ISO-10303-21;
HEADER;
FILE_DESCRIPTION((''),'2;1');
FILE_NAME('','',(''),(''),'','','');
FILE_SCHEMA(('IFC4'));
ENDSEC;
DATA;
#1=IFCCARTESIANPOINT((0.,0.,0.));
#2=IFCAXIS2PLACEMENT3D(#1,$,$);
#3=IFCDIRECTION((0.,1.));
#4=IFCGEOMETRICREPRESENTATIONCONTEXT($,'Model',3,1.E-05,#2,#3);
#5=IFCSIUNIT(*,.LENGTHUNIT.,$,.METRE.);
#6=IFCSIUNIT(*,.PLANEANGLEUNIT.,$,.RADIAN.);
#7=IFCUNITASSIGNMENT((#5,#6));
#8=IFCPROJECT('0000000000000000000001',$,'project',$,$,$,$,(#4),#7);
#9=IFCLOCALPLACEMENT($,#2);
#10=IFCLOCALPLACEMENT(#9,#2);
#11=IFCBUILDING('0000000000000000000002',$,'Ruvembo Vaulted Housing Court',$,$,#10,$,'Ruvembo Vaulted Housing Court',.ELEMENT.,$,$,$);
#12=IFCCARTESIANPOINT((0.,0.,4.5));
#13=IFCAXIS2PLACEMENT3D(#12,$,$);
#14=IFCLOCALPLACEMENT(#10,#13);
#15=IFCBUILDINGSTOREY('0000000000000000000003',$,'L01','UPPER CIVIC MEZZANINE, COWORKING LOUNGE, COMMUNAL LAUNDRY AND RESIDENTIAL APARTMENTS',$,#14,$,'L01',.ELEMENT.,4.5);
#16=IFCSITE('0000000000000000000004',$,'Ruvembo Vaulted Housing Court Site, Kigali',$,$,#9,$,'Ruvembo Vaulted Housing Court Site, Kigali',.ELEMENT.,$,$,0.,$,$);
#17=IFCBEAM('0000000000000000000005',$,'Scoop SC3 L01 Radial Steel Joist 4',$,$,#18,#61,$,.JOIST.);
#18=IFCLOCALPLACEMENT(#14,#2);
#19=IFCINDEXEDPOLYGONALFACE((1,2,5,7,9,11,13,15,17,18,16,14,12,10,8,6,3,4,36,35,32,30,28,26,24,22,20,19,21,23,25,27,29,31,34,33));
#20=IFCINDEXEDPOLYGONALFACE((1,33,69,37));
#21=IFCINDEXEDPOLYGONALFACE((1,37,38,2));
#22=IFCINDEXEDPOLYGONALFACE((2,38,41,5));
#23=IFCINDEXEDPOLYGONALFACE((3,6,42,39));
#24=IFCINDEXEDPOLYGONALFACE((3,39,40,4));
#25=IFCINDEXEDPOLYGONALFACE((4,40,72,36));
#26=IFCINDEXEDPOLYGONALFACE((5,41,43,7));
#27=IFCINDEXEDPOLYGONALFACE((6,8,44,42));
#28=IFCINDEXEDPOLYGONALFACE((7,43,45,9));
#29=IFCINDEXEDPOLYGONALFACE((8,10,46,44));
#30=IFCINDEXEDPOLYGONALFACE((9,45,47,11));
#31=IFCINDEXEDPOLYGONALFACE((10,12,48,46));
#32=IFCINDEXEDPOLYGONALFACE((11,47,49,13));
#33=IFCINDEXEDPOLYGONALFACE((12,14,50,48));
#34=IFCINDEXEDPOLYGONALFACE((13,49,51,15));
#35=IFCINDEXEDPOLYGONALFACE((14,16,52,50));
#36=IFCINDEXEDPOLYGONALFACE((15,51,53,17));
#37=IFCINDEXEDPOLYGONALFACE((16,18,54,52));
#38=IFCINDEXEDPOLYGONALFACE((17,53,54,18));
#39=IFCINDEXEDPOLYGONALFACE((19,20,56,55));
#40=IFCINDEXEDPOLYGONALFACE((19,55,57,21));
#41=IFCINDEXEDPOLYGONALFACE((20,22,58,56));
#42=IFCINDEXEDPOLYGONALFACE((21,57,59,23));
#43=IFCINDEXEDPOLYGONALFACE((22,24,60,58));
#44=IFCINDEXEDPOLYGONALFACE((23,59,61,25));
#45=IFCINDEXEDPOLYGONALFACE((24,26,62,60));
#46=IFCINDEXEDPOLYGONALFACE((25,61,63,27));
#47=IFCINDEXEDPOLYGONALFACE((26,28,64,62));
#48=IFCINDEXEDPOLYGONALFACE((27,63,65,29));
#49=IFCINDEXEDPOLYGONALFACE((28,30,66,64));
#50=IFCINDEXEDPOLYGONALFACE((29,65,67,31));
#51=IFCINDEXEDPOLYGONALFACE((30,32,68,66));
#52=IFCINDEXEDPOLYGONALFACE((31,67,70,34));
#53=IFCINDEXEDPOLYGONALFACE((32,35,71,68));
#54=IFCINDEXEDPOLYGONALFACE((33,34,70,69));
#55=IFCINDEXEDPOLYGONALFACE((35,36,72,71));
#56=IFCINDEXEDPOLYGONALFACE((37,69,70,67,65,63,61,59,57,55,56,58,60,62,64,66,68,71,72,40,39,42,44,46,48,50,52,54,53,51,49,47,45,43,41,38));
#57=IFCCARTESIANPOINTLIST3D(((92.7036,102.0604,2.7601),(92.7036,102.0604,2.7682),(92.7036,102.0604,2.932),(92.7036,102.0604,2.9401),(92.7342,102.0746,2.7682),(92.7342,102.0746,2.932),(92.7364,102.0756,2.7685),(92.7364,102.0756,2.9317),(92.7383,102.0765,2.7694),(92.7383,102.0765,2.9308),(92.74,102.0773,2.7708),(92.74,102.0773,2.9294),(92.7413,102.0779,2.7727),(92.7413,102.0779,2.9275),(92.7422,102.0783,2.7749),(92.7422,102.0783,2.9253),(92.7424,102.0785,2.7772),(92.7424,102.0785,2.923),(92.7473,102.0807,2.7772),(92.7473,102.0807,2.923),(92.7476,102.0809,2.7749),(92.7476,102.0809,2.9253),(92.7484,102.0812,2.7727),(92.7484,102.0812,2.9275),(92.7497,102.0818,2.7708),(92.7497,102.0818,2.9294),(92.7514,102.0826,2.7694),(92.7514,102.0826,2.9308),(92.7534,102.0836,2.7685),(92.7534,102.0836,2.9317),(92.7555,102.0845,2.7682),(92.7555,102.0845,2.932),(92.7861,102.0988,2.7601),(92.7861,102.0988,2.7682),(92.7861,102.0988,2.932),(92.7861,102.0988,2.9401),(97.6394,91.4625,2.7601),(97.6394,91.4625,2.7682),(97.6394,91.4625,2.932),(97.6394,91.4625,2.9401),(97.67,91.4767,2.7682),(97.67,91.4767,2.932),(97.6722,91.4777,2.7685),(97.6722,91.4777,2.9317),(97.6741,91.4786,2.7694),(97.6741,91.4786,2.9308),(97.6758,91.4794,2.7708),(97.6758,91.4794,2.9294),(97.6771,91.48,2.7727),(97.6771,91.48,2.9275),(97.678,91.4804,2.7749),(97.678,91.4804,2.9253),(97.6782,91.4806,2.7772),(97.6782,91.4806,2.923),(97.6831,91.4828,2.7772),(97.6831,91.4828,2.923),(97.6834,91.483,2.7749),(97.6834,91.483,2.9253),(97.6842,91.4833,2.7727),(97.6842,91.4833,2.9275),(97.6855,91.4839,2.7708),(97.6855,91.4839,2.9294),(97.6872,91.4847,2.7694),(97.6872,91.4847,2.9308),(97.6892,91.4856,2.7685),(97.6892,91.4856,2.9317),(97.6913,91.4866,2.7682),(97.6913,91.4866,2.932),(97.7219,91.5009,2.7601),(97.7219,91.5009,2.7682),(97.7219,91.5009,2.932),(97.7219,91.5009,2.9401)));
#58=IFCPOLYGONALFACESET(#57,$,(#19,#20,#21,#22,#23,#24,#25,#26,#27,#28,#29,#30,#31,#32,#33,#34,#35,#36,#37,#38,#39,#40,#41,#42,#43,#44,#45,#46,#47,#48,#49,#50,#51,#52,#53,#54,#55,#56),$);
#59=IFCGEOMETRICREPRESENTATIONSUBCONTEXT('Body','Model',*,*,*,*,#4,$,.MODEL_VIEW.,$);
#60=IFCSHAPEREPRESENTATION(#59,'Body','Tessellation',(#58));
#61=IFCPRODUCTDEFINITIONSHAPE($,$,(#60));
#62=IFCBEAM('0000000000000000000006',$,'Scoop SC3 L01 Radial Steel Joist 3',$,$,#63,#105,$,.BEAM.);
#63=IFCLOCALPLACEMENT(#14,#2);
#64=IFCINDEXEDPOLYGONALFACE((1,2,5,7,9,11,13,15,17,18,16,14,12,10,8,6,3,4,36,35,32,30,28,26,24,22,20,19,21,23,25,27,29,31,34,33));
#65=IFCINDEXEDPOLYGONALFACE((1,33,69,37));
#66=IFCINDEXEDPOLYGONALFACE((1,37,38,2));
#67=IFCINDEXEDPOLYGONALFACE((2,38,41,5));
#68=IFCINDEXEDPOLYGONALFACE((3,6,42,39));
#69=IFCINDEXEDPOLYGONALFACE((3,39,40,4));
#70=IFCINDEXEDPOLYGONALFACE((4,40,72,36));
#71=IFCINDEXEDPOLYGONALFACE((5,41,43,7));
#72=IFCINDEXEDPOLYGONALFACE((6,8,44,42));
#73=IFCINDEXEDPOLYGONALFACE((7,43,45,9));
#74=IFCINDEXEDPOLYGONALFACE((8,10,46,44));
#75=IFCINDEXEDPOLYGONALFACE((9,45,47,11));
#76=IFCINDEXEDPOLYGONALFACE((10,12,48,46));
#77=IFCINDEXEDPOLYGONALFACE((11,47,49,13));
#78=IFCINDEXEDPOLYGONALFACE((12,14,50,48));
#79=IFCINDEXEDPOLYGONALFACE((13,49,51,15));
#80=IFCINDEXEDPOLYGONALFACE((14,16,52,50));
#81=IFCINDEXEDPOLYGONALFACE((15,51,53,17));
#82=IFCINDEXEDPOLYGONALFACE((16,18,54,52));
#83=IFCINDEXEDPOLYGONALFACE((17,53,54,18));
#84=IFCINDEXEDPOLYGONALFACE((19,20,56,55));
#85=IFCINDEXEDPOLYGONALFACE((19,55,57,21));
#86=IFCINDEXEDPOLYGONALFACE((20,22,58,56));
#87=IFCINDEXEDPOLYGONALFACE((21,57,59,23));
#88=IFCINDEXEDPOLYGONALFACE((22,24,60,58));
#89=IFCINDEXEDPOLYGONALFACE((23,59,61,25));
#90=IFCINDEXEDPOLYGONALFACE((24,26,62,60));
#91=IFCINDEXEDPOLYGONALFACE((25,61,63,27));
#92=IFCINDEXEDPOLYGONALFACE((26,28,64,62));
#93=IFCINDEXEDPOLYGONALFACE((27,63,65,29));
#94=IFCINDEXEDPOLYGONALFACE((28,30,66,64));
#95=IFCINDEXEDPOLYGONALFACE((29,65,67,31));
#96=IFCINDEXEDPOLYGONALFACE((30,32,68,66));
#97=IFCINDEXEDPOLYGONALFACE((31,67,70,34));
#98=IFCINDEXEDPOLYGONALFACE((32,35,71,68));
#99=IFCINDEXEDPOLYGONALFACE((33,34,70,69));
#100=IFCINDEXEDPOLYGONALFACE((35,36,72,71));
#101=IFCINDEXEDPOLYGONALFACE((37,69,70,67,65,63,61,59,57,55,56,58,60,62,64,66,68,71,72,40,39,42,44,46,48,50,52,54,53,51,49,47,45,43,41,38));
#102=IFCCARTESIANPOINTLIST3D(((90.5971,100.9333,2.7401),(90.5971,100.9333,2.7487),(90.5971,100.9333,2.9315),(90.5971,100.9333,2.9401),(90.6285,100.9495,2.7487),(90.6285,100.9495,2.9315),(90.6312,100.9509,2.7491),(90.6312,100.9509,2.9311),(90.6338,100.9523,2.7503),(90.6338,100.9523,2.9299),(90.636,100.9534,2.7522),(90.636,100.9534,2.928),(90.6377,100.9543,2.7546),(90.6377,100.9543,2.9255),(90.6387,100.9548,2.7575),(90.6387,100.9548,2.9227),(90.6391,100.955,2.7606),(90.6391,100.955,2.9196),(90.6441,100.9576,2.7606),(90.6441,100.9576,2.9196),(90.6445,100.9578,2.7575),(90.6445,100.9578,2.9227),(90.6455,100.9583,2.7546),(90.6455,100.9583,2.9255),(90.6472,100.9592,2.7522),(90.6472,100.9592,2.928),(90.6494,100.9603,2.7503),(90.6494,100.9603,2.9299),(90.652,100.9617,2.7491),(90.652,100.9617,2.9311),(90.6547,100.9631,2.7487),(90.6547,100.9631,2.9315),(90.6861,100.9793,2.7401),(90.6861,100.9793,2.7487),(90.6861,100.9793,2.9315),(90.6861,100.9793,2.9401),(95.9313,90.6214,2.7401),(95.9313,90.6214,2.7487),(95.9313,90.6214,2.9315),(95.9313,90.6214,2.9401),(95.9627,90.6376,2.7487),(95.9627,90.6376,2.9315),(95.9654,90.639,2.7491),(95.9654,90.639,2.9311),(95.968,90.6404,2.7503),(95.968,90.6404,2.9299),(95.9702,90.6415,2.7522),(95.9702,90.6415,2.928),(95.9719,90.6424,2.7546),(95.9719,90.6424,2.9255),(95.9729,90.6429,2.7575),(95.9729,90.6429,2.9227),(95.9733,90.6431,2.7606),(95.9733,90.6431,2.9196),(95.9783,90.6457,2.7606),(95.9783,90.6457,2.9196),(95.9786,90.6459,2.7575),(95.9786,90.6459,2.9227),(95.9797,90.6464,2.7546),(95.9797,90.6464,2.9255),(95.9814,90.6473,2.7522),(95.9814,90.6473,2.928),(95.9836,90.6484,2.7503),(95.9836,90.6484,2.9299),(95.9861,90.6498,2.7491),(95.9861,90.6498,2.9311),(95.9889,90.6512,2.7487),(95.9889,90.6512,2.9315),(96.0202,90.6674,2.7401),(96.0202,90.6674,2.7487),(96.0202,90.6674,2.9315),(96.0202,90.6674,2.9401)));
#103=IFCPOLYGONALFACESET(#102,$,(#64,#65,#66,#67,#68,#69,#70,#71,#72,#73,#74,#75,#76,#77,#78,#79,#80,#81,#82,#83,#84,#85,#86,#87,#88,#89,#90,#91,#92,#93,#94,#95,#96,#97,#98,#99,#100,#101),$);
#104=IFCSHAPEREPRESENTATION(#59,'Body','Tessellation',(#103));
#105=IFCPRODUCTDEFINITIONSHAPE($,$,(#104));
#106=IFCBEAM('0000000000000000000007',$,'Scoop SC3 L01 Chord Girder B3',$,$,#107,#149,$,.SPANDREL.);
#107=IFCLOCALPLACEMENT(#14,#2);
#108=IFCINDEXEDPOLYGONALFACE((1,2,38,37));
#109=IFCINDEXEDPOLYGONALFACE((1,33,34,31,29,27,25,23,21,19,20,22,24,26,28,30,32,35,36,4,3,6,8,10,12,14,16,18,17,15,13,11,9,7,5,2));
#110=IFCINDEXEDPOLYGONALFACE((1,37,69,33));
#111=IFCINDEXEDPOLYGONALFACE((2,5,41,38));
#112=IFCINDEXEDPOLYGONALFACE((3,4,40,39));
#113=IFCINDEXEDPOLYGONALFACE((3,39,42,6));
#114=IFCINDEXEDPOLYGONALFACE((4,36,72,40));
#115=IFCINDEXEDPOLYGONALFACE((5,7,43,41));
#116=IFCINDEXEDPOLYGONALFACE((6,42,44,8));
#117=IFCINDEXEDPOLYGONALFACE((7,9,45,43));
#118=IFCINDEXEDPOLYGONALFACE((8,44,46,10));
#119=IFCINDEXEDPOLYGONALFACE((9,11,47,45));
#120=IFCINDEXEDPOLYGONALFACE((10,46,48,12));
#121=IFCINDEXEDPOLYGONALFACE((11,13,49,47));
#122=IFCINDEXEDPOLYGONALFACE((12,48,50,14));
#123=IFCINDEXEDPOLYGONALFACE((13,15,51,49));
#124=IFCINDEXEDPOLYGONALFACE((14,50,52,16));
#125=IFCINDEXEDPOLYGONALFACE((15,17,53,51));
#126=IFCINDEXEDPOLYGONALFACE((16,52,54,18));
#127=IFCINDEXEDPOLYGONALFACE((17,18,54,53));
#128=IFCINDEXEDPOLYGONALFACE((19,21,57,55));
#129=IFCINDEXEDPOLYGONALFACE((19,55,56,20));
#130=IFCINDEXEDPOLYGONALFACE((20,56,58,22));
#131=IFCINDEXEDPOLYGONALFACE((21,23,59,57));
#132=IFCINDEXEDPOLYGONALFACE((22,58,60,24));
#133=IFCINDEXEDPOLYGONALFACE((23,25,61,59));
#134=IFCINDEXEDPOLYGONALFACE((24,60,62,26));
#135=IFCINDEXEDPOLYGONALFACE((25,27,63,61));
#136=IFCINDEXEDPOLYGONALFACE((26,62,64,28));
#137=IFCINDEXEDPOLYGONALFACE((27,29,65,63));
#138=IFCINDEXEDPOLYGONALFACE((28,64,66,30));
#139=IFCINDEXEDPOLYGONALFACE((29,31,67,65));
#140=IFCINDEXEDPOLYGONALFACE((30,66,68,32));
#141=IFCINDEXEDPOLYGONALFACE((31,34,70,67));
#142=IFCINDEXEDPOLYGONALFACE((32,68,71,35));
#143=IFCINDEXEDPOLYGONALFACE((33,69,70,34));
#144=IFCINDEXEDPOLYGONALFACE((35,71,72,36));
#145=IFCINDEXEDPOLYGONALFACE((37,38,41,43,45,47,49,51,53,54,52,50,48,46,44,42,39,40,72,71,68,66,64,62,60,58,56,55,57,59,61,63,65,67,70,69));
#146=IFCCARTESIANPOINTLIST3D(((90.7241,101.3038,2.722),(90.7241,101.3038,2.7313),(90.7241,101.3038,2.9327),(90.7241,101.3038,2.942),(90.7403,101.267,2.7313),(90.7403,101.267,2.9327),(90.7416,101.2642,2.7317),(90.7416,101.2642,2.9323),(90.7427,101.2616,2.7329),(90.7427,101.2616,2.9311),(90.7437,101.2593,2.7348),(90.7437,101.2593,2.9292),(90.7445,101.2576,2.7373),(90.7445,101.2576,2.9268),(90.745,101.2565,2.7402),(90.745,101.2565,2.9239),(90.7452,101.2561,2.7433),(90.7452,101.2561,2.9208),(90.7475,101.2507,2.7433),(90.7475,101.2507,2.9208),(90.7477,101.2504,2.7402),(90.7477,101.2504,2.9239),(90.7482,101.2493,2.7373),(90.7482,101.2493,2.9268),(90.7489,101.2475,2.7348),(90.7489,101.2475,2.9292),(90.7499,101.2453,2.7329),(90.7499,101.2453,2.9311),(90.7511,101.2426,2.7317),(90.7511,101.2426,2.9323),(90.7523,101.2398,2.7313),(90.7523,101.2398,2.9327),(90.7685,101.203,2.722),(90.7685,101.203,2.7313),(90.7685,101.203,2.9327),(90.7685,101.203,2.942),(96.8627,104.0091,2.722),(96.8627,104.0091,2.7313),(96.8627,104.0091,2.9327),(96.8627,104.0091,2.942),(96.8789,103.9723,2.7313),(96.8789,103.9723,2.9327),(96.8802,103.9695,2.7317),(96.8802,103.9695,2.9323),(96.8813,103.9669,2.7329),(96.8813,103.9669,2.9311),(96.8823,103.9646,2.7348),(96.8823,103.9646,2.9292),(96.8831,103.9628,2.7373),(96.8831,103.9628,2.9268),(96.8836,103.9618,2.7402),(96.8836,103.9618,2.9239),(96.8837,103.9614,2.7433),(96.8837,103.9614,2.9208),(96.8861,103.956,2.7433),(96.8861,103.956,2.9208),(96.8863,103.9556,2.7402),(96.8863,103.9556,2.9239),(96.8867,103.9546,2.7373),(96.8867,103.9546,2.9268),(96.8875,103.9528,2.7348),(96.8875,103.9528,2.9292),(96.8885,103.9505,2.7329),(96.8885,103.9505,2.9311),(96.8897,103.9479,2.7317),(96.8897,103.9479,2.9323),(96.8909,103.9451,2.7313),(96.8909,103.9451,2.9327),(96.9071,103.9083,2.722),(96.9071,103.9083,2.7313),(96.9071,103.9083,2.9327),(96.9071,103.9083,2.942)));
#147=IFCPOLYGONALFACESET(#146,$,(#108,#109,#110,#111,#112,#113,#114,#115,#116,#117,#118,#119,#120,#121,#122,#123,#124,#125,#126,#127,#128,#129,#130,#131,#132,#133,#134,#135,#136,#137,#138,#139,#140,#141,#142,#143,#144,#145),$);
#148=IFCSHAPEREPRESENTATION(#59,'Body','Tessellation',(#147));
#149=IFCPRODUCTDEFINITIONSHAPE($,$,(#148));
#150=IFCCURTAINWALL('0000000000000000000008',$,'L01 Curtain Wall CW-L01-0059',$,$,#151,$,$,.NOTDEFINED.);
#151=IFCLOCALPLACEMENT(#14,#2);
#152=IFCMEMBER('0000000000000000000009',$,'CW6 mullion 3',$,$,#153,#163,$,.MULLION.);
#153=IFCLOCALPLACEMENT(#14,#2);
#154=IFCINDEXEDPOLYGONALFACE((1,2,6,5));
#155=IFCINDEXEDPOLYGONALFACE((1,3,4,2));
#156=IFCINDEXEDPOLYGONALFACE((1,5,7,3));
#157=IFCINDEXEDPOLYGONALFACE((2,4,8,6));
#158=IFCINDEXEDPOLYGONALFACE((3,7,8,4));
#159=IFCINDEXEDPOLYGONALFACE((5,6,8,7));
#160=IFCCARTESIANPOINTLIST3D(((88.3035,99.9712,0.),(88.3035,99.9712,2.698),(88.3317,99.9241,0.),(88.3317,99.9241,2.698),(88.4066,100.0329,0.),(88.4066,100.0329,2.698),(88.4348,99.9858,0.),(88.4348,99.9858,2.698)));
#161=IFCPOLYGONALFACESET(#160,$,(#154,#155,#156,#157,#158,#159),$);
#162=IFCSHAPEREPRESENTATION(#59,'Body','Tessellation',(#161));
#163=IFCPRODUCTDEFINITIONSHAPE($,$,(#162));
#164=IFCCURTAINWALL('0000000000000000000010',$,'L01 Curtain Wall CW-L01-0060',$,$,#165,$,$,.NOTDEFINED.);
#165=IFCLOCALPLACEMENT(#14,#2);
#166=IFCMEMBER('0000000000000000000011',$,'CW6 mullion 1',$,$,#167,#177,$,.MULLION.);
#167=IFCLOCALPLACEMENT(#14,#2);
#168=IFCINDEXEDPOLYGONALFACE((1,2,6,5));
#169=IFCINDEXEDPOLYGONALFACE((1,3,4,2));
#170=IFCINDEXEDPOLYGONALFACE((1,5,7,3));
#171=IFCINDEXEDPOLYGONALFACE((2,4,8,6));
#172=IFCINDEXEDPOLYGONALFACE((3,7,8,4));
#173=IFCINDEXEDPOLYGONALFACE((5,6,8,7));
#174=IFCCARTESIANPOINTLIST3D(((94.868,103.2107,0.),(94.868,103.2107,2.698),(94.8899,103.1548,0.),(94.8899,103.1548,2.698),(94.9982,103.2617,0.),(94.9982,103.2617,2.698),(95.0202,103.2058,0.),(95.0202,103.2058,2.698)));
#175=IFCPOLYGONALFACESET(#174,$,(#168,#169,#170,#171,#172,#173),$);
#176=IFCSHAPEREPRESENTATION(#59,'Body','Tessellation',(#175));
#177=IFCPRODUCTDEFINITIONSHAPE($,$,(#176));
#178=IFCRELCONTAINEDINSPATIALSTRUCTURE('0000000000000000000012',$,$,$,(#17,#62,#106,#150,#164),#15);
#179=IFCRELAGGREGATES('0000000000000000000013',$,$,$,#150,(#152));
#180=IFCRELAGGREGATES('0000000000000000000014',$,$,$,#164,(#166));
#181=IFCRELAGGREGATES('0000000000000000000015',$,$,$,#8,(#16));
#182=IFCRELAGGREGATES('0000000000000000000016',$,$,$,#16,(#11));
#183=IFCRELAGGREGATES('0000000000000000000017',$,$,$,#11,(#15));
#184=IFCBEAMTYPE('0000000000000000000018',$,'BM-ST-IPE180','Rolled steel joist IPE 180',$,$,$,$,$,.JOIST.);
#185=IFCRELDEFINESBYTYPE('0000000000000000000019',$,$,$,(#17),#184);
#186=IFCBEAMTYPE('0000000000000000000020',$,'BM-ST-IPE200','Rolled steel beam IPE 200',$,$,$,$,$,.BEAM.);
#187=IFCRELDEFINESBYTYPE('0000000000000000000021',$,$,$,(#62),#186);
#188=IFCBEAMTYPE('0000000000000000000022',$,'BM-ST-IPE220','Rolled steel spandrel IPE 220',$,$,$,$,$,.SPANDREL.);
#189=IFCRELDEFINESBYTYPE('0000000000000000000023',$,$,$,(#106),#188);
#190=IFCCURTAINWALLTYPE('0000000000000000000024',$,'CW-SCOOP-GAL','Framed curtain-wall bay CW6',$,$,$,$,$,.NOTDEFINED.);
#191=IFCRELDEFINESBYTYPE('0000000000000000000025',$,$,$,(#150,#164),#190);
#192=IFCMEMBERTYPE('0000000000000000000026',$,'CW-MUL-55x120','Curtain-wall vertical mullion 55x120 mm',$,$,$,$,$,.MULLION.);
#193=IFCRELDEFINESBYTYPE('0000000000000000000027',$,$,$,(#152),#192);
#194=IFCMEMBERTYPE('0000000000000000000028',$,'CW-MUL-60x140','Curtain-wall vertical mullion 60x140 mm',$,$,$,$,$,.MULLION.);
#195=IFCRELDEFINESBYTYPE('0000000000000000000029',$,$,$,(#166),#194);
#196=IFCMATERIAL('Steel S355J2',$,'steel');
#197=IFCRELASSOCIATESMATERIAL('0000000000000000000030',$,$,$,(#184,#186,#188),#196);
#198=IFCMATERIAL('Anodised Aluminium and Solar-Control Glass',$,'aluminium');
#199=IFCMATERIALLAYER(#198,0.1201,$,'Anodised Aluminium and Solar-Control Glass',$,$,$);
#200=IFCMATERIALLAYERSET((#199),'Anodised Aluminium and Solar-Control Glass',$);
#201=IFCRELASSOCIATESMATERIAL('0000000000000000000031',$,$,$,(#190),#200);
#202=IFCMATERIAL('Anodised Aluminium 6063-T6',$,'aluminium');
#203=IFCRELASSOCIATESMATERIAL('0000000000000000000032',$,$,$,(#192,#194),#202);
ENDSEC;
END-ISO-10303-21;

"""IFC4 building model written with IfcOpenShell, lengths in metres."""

from ifc_helpers import new_model, si_unit, direction, frame, origin, origin_2d, place, context, subcontext, project, spatial, rectangle, i_section, extrude, material, layer, layer_set, material_profile, profile_set, type_object, element, aggregate, save


model = new_model("IFC4")

# Units and contexts
model_context = context("Model", 3, precision=1e-05, world=origin(), true_north=direction((0.0, 1.0)))
body_context = subcontext(model_context, "Body", "Model", "MODEL_VIEW")
ifc_project = project(units=[si_unit("LENGTHUNIT", "METRE"), si_unit("PLANEANGLEUNIT", "RADIAN")], contexts=[model_context])

# Site, building, storey
site_placement = place(None, origin())
site = spatial("IfcSite", under=ifc_project, at=site_placement, Name="Ruvembo Vaulted Housing Court Site, Kigali", LongName="Ruvembo Vaulted Housing Court Site, Kigali", CompositionType="ELEMENT", RefElevation=0.0)
building_placement = place(site_placement, origin())
building = spatial("IfcBuilding", under=site, at=building_placement, Name="Ruvembo Vaulted Housing Court", LongName="Ruvembo Vaulted Housing Court", CompositionType="ELEMENT")
storey_placement = place(building_placement, frame((0.0, 0.0, 4.5)))
storey = spatial("IfcBuildingStorey", under=building, at=storey_placement, Name="L01", Description="UPPER CIVIC MEZZANINE, COWORKING LOUNGE, COMMUNAL LAUNDRY AND RESIDENTIAL APARTMENTS", LongName="L01", CompositionType="ELEMENT", Elevation=4.5)

# Beams
ifc_material_1 = material(Name="Steel S355J2", Category="steel")
ifc_material_profile_1 = material_profile(ifc_material_1, i_section(OverallWidth=0.0911, OverallDepth=0.1799, WebThickness=0.0054, FlangeThickness=0.0081, FilletRadius=0.009, at=origin_2d()), Name="IPE 180")
ifc_profile_set_1 = profile_set([ifc_material_profile_1], Name="Steel S355J2")
beam_type_1 = type_object("IfcBeamType", Name="BM-ST-IPE180", Description="Rolled steel joist IPE 180", PredefinedType="JOIST", material=ifc_profile_set_1)
beam_1_placement = place(storey_placement, frame((92.7449, 102.0796, 2.8501), z_axis=(0.42219, -0.906507, 0.0), x_axis=(0.906507, 0.42219, 0.0)))
element("IfcBeam", 1, at=beam_1_placement, inside=storey, type_object=beam_type_1, Name="Scoop SC3 L01 Radial Steel Joist 4", PredefinedType="JOIST", context=body_context, shape_type="SweptSolid", body=[
    extrude(i_section(OverallWidth=0.0911, OverallDepth=0.1799, WebThickness=0.0054, FlangeThickness=0.0081, FilletRadius=0.009, at=origin_2d()), origin(), (0.0, 0.0, 1.0), 11.6909),
])
ifc_material_profile_2 = material_profile(ifc_material_1, i_section(OverallWidth=0.1001, OverallDepth=0.2, WebThickness=0.0056, FlangeThickness=0.0085, FilletRadius=0.012, at=origin_2d()), Name="IPE 200")
ifc_profile_set_2 = profile_set([ifc_material_profile_2], Name="Steel S355J2")
beam_type_2 = type_object("IfcBeamType", Name="BM-ST-IPE200", Description="Rolled steel beam IPE 200", PredefinedType="BEAM", material=ifc_profile_set_2)
beam_2_placement = place(storey_placement, frame((90.6416, 100.9563, 2.8401), z_axis=(0.459452, -0.888203, 0.0), x_axis=(0.888203, 0.459452, 0.0)))
element("IfcBeam", 2, at=beam_2_placement, inside=storey, type_object=beam_type_2, Name="Scoop SC3 L01 Radial Steel Joist 3", PredefinedType="BEAM", context=body_context, shape_type="SweptSolid", body=[
    extrude(i_section(OverallWidth=0.1001, OverallDepth=0.2, WebThickness=0.0056, FlangeThickness=0.0085, FilletRadius=0.012, at=origin_2d()), origin(), (0.0, 0.0, 1.0), 11.6099),
])
ifc_material_profile_3 = material_profile(ifc_material_1, i_section(OverallWidth=0.1101, OverallDepth=0.22, WebThickness=0.0059, FlangeThickness=0.0093, FilletRadius=0.012, at=origin_2d()), Name="IPE 220")
ifc_profile_set_3 = profile_set([ifc_material_profile_3], Name="Steel S355J2")
beam_type_3 = type_object("IfcBeamType", Name="BM-ST-IPE220", Description="Rolled steel spandrel IPE 220", PredefinedType="SPANDREL", material=ifc_profile_set_3)
beam_3_placement = place(storey_placement, frame((90.7463, 101.2534, 2.832), z_axis=(0.915078, 0.403276, 0.0), x_axis=(-0.403276, 0.915078, 0.0)))
element("IfcBeam", 3, at=beam_3_placement, inside=storey, type_object=beam_type_3, Name="Scoop SC3 L01 Chord Girder B3", PredefinedType="SPANDREL", context=body_context, shape_type="SweptSolid", body=[
    extrude(i_section(OverallWidth=0.1101, OverallDepth=0.22, WebThickness=0.0059, FlangeThickness=0.0093, FilletRadius=0.012, at=origin_2d()), origin(), (0.0, 0.0, 1.0), 6.7083),
])

# Curtain walls, members
ifc_material_2 = material(Name="Anodised Aluminium and Solar-Control Glass", Category="aluminium")
ifc_layer_1 = layer(ifc_material_2, 0.1201, Name="Anodised Aluminium and Solar-Control Glass")
ifc_layer_set_1 = layer_set([ifc_layer_1], Name="Anodised Aluminium and Solar-Control Glass")
curtain_wall_type = type_object("IfcCurtainWallType", Name="CW-SCOOP-GAL", Description="Framed curtain-wall bay CW6", PredefinedType="NOTDEFINED", material=ifc_layer_set_1)
curtain_wall_1_placement = place(storey_placement, origin())
curtain_wall_1 = element("IfcCurtainWall", 4, at=curtain_wall_1_placement, inside=storey, type_object=curtain_wall_type, Name="L01 Curtain Wall CW-L01-0059", PredefinedType="NOTDEFINED")
ifc_material_3 = material(Name="Anodised Aluminium 6063-T6", Category="aluminium")
ifc_material_profile_4 = material_profile(ifc_material_3, rectangle(XDim=0.0549, YDim=0.1201, at=origin_2d()), Name="ALU 55x120")
ifc_profile_set_4 = profile_set([ifc_material_profile_4], Name="Anodised Aluminium 6063-T6")
member_type_1 = type_object("IfcMemberType", Name="CW-MUL-55x120", Description="Curtain-wall vertical mullion 55x120 mm", PredefinedType="MULLION", material=ifc_profile_set_4)
member_1_placement = place(storey_placement, frame((88.3691, 99.9785, 0.0), z_axis=(0.0, 0.0, 1.0), x_axis=(-0.513828, 0.857893, 0.0)))
member_1 = element("IfcMember", 5, at=member_1_placement, type_object=member_type_1, Name="CW6 mullion 3", PredefinedType="MULLION", context=body_context, shape_type="SweptSolid", body=[
    extrude(rectangle(XDim=0.0549, YDim=0.1201, at=origin_2d()), origin(), (0.0, 0.0, 1.0), 2.698),
])
aggregate(curtain_wall_1, [member_1])
curtain_wall_2_placement = place(storey_placement, origin())
curtain_wall_2 = element("IfcCurtainWall", 6, at=curtain_wall_2_placement, inside=storey, type_object=curtain_wall_type, Name="L01 Curtain Wall CW-L01-0060", PredefinedType="NOTDEFINED")
ifc_material_profile_5 = material_profile(ifc_material_3, rectangle(XDim=0.0601, YDim=0.1399, at=origin_2d()), Name="ALU 60x140")
ifc_profile_set_5 = profile_set([ifc_material_profile_5], Name="Anodised Aluminium 6063-T6")
member_type_2 = type_object("IfcMemberType", Name="CW-MUL-60x140", Description="Curtain-wall vertical mullion 60x140 mm", PredefinedType="MULLION", material=ifc_profile_set_5)
member_2_placement = place(storey_placement, frame((94.9441, 103.2083, 0.0), z_axis=(0.0, 0.0, 1.0), x_axis=(-0.365034, 0.930994, 0.0)))
member_2 = element("IfcMember", 7, at=member_2_placement, type_object=member_type_2, Name="CW6 mullion 1", PredefinedType="MULLION", context=body_context, shape_type="SweptSolid", body=[
    extrude(rectangle(XDim=0.0601, YDim=0.1399, at=origin_2d()), origin(), (0.0, 0.0, 1.0), 2.698),
])
aggregate(curtain_wall_2, [member_2])

save(model, "model.ifc")
